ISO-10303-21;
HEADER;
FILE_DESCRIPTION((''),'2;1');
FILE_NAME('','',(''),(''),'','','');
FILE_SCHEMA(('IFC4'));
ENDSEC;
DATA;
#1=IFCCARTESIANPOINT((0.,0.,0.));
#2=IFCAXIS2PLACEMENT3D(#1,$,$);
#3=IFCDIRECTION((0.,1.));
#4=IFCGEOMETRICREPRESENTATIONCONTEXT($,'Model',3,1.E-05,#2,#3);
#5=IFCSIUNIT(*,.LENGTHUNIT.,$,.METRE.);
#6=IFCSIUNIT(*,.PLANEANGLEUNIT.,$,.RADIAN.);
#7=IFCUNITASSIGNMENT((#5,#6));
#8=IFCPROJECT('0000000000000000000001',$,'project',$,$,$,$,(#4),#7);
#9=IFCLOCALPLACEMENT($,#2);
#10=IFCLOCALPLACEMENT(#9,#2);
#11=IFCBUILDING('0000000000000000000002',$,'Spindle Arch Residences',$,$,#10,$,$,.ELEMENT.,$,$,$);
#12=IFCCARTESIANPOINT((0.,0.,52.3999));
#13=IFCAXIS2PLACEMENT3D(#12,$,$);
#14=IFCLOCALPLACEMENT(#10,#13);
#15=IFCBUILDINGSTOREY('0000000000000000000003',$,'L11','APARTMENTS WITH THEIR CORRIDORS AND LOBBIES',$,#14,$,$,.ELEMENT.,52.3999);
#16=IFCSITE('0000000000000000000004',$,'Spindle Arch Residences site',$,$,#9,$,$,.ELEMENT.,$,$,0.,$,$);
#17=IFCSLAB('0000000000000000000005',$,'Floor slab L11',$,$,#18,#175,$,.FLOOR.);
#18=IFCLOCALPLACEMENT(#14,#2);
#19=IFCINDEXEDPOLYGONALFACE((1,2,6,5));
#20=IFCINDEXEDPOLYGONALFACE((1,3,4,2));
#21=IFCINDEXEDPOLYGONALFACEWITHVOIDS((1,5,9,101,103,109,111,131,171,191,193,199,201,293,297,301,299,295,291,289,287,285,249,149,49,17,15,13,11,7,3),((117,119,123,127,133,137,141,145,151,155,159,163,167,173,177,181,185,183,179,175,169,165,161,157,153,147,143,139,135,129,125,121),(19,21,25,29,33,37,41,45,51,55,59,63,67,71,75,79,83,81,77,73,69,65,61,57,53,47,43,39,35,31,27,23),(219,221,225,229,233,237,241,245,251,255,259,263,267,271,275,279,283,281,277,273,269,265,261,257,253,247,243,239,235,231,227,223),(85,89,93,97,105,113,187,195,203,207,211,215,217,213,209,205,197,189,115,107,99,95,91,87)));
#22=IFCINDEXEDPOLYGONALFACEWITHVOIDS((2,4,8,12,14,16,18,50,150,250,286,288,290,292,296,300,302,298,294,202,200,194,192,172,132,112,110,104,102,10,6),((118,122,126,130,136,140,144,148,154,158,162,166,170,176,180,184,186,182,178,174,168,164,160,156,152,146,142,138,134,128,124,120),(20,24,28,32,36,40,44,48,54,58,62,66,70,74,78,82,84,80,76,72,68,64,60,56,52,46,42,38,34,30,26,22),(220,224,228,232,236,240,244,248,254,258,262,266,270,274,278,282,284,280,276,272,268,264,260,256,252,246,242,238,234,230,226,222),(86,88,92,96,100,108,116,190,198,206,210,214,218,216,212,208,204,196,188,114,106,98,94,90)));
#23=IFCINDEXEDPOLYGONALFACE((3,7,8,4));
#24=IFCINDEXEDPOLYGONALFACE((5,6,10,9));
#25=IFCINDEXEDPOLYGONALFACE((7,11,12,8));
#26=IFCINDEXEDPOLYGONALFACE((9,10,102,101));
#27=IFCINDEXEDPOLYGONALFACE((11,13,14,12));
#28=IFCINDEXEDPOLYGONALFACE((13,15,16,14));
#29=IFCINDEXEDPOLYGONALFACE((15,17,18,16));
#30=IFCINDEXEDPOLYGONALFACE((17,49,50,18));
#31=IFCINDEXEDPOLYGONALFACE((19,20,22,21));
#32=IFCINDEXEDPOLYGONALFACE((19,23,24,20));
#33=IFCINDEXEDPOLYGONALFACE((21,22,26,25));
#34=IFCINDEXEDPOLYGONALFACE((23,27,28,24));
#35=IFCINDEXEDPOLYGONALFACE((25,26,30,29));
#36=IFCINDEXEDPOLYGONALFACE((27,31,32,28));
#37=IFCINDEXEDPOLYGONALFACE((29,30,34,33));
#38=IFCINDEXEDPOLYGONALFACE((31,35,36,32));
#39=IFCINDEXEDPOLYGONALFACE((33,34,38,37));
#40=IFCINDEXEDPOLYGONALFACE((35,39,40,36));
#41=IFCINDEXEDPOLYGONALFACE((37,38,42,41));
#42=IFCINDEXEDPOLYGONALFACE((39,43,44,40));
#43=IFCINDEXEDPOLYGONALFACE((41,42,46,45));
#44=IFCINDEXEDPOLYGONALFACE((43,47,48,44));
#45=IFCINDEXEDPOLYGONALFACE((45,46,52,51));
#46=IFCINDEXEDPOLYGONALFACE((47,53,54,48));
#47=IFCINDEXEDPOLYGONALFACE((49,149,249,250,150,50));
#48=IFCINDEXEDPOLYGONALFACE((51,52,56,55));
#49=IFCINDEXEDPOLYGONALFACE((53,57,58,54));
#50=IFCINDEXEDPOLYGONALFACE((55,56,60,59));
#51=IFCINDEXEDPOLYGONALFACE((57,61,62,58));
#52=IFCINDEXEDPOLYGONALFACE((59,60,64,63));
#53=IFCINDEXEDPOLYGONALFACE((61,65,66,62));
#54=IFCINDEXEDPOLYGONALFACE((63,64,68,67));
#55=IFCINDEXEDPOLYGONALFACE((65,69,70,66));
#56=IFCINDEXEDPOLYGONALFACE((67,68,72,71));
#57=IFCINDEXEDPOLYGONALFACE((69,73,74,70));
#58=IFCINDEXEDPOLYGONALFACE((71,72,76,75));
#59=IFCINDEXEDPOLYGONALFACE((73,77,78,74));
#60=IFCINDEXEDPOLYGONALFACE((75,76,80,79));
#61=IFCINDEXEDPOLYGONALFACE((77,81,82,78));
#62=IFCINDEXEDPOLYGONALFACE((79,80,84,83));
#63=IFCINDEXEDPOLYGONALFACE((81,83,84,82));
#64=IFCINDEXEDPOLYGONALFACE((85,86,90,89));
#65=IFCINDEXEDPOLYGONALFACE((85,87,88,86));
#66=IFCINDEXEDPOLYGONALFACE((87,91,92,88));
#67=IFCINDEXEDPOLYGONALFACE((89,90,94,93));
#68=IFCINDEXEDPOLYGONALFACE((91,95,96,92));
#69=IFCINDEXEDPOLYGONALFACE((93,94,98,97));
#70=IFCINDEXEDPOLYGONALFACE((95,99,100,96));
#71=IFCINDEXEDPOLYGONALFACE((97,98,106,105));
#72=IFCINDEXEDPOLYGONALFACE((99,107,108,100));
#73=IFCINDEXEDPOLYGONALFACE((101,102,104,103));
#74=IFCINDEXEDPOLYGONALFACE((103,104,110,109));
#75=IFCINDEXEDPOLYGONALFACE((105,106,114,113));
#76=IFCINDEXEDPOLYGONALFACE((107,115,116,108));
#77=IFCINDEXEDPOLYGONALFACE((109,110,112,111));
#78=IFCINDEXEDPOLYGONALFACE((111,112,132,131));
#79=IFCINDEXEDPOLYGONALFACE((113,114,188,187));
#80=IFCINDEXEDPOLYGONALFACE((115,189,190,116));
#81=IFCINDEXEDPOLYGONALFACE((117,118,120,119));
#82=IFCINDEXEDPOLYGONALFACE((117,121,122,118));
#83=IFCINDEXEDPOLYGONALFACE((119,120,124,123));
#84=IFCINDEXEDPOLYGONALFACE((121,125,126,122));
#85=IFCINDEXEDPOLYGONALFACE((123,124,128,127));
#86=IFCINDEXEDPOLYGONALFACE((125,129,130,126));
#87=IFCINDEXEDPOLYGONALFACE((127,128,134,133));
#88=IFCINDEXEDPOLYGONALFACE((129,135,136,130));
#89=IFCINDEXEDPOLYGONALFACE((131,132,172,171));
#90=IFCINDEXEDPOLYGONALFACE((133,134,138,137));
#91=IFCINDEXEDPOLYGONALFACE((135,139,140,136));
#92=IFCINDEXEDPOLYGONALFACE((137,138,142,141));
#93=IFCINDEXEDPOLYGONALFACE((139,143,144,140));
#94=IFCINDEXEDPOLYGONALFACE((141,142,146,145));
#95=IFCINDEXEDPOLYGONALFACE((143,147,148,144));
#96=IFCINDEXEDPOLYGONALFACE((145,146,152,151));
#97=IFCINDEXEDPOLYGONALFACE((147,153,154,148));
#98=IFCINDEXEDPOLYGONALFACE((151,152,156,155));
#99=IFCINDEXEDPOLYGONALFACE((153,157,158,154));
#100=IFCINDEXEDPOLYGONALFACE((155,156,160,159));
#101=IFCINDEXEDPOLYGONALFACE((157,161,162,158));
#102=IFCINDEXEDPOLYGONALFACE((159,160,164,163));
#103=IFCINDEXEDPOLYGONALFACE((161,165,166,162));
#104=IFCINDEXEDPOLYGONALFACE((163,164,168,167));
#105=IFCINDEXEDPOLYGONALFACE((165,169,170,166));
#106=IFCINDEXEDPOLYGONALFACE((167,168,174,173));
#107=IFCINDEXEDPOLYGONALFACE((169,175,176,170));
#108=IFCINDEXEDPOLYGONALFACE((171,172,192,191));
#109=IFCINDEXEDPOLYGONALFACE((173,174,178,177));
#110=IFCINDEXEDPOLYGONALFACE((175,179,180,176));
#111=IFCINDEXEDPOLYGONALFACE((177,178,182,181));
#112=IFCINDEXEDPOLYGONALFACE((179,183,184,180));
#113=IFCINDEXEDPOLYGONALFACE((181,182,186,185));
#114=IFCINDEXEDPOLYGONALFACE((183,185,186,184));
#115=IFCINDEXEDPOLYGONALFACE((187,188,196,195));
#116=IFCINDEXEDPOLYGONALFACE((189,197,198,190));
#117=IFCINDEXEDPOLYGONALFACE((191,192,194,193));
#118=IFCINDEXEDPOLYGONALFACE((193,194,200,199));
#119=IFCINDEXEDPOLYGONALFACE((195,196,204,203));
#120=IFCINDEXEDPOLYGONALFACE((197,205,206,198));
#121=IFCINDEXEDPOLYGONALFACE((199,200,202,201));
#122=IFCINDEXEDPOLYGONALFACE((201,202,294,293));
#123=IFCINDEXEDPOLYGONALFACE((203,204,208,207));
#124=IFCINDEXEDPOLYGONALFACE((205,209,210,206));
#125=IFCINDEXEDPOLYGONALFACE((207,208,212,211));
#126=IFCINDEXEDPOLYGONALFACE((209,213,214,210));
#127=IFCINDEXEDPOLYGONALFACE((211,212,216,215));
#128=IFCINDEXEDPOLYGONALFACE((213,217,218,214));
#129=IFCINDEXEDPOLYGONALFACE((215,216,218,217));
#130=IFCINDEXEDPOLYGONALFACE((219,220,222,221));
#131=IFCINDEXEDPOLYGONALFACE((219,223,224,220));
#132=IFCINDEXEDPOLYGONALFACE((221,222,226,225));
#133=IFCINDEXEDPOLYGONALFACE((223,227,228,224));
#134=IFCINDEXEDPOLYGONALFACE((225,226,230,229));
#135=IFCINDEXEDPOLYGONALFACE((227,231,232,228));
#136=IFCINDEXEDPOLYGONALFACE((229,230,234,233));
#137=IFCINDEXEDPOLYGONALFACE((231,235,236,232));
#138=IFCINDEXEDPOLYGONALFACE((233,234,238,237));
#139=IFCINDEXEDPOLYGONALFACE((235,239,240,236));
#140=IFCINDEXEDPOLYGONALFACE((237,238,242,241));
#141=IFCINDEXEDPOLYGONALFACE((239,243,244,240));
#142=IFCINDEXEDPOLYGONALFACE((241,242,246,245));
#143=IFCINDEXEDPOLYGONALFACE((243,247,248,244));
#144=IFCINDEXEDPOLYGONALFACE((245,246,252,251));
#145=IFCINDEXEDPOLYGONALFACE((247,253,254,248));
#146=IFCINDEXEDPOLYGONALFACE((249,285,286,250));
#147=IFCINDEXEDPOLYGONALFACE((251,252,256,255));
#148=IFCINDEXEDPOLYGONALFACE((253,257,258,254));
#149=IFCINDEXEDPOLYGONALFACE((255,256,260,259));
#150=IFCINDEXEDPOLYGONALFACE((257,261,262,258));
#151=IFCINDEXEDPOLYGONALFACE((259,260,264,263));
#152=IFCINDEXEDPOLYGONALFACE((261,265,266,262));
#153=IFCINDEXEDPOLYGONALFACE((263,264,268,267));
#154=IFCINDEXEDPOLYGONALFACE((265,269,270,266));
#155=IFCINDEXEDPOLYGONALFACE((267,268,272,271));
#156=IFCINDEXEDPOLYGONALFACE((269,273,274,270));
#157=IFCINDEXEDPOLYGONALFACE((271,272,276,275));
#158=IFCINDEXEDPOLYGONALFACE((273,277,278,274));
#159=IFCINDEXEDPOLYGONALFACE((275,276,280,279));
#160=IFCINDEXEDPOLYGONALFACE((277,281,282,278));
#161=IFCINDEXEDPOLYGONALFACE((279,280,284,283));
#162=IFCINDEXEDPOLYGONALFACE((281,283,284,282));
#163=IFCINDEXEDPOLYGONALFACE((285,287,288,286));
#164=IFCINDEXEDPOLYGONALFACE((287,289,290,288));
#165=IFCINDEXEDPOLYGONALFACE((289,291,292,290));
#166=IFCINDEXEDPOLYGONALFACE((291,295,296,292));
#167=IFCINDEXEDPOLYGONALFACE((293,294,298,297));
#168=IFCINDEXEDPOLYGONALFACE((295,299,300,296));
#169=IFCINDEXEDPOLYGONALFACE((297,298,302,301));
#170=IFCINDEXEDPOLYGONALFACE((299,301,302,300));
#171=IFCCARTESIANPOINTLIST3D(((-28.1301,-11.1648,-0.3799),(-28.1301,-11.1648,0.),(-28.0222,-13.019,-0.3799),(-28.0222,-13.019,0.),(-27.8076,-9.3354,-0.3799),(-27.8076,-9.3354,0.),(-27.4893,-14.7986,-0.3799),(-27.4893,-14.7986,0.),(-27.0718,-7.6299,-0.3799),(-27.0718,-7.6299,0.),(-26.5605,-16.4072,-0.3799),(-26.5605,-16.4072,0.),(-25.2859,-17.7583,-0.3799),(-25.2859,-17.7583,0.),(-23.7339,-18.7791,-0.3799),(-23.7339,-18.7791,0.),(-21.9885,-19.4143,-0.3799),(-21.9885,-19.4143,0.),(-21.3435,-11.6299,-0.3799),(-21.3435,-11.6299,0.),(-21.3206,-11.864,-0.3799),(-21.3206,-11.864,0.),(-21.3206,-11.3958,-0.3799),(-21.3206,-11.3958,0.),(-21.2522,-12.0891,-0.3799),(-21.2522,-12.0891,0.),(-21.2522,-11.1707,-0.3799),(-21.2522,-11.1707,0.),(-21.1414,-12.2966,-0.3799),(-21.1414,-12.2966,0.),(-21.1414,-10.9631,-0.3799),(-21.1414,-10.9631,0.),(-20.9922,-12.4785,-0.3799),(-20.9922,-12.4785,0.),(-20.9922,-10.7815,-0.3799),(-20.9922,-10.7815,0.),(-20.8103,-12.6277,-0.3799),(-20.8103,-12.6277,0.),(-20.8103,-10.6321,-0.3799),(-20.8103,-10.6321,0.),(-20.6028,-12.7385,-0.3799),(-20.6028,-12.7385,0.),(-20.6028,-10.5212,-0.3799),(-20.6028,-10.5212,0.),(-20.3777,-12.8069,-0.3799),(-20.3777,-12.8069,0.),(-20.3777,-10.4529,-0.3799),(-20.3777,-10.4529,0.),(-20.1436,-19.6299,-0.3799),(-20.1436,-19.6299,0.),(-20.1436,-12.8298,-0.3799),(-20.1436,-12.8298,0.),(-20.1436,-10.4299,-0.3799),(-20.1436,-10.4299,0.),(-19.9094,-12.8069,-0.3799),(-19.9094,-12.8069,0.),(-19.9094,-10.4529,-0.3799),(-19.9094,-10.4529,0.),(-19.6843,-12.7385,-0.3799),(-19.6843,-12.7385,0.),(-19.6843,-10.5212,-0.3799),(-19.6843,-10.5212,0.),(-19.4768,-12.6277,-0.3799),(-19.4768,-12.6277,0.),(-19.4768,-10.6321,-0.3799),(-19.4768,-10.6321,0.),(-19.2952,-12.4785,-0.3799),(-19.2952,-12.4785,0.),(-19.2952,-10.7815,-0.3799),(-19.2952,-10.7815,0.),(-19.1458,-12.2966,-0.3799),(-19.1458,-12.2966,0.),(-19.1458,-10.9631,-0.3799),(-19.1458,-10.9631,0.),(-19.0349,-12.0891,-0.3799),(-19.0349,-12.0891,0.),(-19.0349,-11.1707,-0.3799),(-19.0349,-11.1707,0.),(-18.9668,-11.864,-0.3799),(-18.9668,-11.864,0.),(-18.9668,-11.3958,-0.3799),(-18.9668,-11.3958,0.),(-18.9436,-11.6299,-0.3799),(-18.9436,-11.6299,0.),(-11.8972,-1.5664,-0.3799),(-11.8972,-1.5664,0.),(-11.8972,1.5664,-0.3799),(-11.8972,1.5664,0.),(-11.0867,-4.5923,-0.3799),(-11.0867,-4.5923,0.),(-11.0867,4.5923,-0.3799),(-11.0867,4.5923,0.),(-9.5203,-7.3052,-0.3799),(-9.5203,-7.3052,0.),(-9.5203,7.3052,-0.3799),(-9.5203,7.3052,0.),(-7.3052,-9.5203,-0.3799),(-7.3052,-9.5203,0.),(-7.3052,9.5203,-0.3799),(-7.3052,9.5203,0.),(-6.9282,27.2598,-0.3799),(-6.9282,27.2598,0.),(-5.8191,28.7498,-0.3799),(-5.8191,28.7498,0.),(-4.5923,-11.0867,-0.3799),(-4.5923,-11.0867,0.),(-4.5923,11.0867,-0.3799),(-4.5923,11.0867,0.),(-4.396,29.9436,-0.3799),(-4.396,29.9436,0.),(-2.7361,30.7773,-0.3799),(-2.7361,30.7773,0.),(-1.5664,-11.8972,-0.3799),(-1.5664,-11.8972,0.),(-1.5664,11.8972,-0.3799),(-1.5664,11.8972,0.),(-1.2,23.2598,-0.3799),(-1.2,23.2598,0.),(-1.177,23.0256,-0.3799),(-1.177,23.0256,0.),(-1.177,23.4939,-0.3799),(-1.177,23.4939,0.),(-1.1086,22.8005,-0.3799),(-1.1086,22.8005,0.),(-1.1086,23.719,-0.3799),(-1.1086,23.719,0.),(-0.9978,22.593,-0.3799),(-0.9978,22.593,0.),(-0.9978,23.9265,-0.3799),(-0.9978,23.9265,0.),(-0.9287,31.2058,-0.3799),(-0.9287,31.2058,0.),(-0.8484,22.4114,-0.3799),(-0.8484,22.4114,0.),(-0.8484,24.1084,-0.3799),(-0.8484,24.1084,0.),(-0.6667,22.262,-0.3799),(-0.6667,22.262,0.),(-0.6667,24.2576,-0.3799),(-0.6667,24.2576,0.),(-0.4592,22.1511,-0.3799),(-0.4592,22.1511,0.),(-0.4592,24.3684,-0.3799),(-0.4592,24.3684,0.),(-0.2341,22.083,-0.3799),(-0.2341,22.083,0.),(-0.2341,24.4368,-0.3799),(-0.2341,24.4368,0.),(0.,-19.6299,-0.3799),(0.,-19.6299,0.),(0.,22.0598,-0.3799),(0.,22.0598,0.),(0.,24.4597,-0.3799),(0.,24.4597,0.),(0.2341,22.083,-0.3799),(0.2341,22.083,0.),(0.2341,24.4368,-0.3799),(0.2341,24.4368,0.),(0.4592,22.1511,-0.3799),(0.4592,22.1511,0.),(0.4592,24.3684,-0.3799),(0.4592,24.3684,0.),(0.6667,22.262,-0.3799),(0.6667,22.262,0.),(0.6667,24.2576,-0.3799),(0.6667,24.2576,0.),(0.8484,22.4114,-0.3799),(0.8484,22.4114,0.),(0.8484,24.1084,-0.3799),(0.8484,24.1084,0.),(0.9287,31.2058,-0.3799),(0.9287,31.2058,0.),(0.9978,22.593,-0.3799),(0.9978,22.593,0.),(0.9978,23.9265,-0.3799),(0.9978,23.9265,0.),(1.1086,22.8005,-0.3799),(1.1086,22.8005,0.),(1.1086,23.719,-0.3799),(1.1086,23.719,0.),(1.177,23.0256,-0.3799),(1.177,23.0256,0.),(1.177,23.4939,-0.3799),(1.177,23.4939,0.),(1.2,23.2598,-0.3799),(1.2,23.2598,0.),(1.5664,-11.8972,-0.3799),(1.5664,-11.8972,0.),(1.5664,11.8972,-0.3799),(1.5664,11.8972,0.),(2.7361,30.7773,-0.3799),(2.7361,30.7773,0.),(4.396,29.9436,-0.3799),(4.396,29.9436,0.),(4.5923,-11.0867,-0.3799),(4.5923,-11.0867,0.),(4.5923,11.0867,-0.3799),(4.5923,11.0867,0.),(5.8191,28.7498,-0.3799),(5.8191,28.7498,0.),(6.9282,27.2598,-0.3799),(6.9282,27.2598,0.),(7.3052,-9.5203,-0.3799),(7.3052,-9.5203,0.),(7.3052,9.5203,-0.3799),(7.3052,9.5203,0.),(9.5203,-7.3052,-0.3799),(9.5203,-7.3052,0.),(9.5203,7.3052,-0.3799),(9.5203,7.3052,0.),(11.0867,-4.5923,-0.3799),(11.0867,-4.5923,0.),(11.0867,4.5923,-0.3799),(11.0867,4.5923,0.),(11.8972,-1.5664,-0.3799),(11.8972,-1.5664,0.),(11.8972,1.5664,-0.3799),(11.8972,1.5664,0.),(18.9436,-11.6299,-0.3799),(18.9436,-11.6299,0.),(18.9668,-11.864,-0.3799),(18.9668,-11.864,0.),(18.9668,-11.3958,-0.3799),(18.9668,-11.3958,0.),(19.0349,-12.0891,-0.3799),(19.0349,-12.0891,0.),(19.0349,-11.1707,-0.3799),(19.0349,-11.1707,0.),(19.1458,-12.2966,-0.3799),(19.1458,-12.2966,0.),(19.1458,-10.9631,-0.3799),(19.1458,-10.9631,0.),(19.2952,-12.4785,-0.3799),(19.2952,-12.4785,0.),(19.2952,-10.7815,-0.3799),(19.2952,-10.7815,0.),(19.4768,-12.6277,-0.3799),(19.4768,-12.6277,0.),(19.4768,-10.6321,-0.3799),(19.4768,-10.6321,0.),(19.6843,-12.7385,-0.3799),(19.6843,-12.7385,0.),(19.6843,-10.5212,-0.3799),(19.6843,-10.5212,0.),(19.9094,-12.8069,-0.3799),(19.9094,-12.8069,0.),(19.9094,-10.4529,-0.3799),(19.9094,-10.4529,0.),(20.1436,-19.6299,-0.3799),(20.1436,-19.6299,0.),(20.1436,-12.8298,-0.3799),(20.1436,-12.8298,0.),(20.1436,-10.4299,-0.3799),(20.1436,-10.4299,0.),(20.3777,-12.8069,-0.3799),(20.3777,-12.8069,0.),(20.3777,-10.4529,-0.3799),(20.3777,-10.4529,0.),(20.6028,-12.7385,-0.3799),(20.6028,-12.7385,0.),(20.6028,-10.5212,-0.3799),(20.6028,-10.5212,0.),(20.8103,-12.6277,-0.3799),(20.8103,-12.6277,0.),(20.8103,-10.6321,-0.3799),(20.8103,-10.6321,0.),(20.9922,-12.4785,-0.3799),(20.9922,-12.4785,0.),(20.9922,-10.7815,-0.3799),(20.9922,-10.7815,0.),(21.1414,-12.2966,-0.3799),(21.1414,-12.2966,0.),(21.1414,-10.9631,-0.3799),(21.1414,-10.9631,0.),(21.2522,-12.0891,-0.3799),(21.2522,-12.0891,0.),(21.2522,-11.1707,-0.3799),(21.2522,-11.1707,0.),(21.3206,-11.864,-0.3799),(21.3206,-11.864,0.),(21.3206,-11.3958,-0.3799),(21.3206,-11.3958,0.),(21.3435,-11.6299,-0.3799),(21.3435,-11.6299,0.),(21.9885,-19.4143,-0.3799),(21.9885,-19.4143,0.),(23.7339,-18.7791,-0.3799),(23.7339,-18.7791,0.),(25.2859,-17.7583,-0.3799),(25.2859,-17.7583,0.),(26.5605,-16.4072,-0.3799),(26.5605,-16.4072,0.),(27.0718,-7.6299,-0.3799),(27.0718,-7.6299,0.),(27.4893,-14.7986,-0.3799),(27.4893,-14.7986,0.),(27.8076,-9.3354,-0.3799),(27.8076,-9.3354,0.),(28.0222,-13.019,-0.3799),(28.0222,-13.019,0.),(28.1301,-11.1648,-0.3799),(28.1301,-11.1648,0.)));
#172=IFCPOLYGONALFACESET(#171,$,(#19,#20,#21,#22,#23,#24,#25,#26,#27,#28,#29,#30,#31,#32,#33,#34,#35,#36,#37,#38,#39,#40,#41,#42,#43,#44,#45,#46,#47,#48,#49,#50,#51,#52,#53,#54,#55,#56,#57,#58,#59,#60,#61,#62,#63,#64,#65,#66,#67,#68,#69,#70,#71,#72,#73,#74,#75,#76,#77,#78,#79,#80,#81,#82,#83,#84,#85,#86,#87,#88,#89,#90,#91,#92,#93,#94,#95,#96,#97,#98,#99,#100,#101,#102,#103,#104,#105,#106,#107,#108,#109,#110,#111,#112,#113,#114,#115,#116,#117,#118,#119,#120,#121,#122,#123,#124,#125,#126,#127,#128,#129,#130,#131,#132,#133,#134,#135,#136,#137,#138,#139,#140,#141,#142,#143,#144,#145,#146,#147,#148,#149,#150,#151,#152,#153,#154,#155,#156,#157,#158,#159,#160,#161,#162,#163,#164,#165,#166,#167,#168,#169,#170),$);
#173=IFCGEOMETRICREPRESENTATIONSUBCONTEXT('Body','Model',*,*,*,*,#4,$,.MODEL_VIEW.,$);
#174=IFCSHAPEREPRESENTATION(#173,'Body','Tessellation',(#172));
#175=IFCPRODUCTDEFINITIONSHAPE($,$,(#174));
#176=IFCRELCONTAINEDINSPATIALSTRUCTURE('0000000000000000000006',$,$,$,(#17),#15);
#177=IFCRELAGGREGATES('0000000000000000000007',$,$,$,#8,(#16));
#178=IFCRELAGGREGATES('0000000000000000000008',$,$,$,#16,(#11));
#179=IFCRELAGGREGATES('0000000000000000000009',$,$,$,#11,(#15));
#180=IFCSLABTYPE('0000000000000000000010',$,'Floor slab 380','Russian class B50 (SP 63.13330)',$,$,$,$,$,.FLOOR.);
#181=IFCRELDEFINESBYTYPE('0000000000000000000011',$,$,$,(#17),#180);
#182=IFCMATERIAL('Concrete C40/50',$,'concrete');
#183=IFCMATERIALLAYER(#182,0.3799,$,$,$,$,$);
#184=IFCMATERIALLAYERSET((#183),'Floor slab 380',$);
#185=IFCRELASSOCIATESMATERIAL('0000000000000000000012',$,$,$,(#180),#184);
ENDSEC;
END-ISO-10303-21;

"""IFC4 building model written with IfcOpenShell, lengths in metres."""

from ifc_helpers import new_model, si_unit, direction, frame, origin, place, context, subcontext, project, spatial, polyline, outline, extrude, material, layer, layer_set, type_object, element, save


model = new_model("IFC4")

# Units and contexts
model_context = context("Model", 3, precision=1e-05, world=origin(), true_north=direction((0.0, 1.0)))
body_context = subcontext(model_context, "Body", "Model", "MODEL_VIEW")
ifc_project = project(units=[si_unit("LENGTHUNIT", "METRE"), si_unit("PLANEANGLEUNIT", "RADIAN")], contexts=[model_context])

# Site, building, storey
site_placement = place(None, origin())
site = spatial("IfcSite", under=ifc_project, at=site_placement, Name="Spindle Arch Residences site", CompositionType="ELEMENT", RefElevation=0.0)
building_placement = place(site_placement, origin())
building = spatial("IfcBuilding", under=site, at=building_placement, Name="Spindle Arch Residences", CompositionType="ELEMENT")
storey_placement = place(building_placement, frame((0.0, 0.0, 52.3999)))
storey = spatial("IfcBuildingStorey", under=building, at=storey_placement, Name="L11", Description="APARTMENTS WITH THEIR CORRIDORS AND LOBBIES", CompositionType="ELEMENT", Elevation=52.3999)

# Slab
ifc_material_1 = material(Name="Concrete C40/50", Category="concrete")
ifc_layer_1 = layer(ifc_material_1, 0.3799)
ifc_layer_set_1 = layer_set([ifc_layer_1], Name="Floor slab 380")
slab_type_1 = type_object("IfcSlabType", Name="Floor slab 380", Description="Russian class B50 (SP 63.13330)", PredefinedType="FLOOR", material=ifc_layer_set_1)
slab_1_placement = place(storey_placement, frame((0.0, 0.0, -0.3799)))
element("IfcSlab", 1, at=slab_1_placement, inside=storey, type_object=slab_type_1, Name="Floor slab L11", PredefinedType="FLOOR", context=body_context, shape_type="SweptSolid", body=[
    extrude(outline(polyline([(-21.9885, -19.4143), (-23.7339, -18.7791), (-25.2859, -17.7583), (-26.5605, -16.4072), (-27.4893, -14.7986), (-28.0222, -13.019), (-28.1301, -11.1648), (-27.8076, -9.3354), (-27.0718, -7.6299), (-6.9282, 27.2598), (-5.8191, 28.7498), (-4.396, 29.9436), (-2.7361, 30.7773), (-0.9287, 31.2058), (0.9287, 31.2058), (2.7361, 30.7773), (4.396, 29.9436), (5.8191, 28.7498), (6.9282, 27.2598), (27.0718, -7.6299), (27.8076, -9.3354), (28.1301, -11.1648), (28.0222, -13.019), (27.4893, -14.7986), (26.5605, -16.4072), (25.2859, -17.7583), (23.7339, -18.7791), (21.9885, -19.4143), (20.1436, -19.6299), (0.0, -19.6299), (-20.1436, -19.6299), (-21.9885, -19.4143)]), holes=[polyline([(7.3052, -9.5203), (9.5203, -7.3052), (11.0867, -4.5923), (11.8972, -1.5664), (11.8972, 1.5664), (11.0867, 4.5923), (9.5203, 7.3052), (7.3052, 9.5203), (4.5923, 11.0867), (1.5664, 11.8972), (-1.5664, 11.8972), (-4.5923, 11.0867), (-7.3052, 9.5203), (-9.5203, 7.3052), (-11.0867, 4.5923), (-11.8972, 1.5664), (-11.8972, -1.5664), (-11.0867, -4.5923), (-9.5203, -7.3052), (-7.3052, -9.5203), (-4.5923, -11.0867), (-1.5664, -11.8972), (1.5664, -11.8972), (4.5923, -11.0867), (7.3052, -9.5203)]), polyline([(-19.2952, -12.4785), (-19.1458, -12.2966), (-19.0349, -12.0891), (-18.9668, -11.864), (-18.9436, -11.6299), (-18.9668, -11.3958), (-19.0349, -11.1707), (-19.1458, -10.9631), (-19.2952, -10.7815), (-19.4768, -10.6321), (-19.6843, -10.5212), (-19.9094, -10.4529), (-20.1436, -10.4299), (-20.3777, -10.4529), (-20.6028, -10.5212), (-20.8103, -10.6321), (-20.9922, -10.7815), (-21.1414, -10.9631), (-21.2522, -11.1707), (-21.3206, -11.3958), (-21.3435, -11.6299), (-21.3206, -11.864), (-21.2522, -12.0891), (-21.1414, -12.2966), (-20.9922, -12.4785), (-20.8103, -12.6277), (-20.6028, -12.7385), (-20.3777, -12.8069), (-20.1436, -12.8298), (-19.9094, -12.8069), (-19.6843, -12.7385), (-19.4768, -12.6277), (-19.2952, -12.4785)]), polyline([(0.8484, 22.4114), (0.9978, 22.593), (1.1086, 22.8005), (1.177, 23.0256), (1.2, 23.2598), (1.177, 23.4939), (1.1086, 23.719), (0.9978, 23.9265), (0.8484, 24.1084), (0.6667, 24.2576), (0.4592, 24.3684), (0.2341, 24.4368), (0.0, 24.4597), (-0.2341, 24.4368), (-0.4592, 24.3684), (-0.6667, 24.2576), (-0.8484, 24.1084), (-0.9978, 23.9265), (-1.1086, 23.719), (-1.177, 23.4939), (-1.2, 23.2598), (-1.177, 23.0256), (-1.1086, 22.8005), (-0.9978, 22.593), (-0.8484, 22.4114), (-0.6667, 22.262), (-0.4592, 22.1511), (-0.2341, 22.083), (0.0, 22.0598), (0.2341, 22.083), (0.4592, 22.1511), (0.6667, 22.262), (0.8484, 22.4114)]), polyline([(20.9922, -12.4785), (21.1414, -12.2966), (21.2522, -12.0891), (21.3206, -11.864), (21.3435, -11.6299), (21.3206, -11.3958), (21.2522, -11.1707), (21.1414, -10.9631), (20.9922, -10.7815), (20.8103, -10.6321), (20.6028, -10.5212), (20.3777, -10.4529), (20.1436, -10.4299), (19.9094, -10.4529), (19.6843, -10.5212), (19.4768, -10.6321), (19.2952, -10.7815), (19.1458, -10.9631), (19.0349, -11.1707), (18.9668, -11.3958), (18.9436, -11.6299), (18.9668, -11.864), (19.0349, -12.0891), (19.1458, -12.2966), (19.2952, -12.4785), (19.4768, -12.6277), (19.6843, -12.7385), (19.9094, -12.8069), (20.1436, -12.8298), (20.3777, -12.8069), (20.6028, -12.7385), (20.8103, -12.6277), (20.9922, -12.4785)])]), origin(), (0.0, 0.0, 1.0), 0.3799),
])

save(model, "model.ifc")
